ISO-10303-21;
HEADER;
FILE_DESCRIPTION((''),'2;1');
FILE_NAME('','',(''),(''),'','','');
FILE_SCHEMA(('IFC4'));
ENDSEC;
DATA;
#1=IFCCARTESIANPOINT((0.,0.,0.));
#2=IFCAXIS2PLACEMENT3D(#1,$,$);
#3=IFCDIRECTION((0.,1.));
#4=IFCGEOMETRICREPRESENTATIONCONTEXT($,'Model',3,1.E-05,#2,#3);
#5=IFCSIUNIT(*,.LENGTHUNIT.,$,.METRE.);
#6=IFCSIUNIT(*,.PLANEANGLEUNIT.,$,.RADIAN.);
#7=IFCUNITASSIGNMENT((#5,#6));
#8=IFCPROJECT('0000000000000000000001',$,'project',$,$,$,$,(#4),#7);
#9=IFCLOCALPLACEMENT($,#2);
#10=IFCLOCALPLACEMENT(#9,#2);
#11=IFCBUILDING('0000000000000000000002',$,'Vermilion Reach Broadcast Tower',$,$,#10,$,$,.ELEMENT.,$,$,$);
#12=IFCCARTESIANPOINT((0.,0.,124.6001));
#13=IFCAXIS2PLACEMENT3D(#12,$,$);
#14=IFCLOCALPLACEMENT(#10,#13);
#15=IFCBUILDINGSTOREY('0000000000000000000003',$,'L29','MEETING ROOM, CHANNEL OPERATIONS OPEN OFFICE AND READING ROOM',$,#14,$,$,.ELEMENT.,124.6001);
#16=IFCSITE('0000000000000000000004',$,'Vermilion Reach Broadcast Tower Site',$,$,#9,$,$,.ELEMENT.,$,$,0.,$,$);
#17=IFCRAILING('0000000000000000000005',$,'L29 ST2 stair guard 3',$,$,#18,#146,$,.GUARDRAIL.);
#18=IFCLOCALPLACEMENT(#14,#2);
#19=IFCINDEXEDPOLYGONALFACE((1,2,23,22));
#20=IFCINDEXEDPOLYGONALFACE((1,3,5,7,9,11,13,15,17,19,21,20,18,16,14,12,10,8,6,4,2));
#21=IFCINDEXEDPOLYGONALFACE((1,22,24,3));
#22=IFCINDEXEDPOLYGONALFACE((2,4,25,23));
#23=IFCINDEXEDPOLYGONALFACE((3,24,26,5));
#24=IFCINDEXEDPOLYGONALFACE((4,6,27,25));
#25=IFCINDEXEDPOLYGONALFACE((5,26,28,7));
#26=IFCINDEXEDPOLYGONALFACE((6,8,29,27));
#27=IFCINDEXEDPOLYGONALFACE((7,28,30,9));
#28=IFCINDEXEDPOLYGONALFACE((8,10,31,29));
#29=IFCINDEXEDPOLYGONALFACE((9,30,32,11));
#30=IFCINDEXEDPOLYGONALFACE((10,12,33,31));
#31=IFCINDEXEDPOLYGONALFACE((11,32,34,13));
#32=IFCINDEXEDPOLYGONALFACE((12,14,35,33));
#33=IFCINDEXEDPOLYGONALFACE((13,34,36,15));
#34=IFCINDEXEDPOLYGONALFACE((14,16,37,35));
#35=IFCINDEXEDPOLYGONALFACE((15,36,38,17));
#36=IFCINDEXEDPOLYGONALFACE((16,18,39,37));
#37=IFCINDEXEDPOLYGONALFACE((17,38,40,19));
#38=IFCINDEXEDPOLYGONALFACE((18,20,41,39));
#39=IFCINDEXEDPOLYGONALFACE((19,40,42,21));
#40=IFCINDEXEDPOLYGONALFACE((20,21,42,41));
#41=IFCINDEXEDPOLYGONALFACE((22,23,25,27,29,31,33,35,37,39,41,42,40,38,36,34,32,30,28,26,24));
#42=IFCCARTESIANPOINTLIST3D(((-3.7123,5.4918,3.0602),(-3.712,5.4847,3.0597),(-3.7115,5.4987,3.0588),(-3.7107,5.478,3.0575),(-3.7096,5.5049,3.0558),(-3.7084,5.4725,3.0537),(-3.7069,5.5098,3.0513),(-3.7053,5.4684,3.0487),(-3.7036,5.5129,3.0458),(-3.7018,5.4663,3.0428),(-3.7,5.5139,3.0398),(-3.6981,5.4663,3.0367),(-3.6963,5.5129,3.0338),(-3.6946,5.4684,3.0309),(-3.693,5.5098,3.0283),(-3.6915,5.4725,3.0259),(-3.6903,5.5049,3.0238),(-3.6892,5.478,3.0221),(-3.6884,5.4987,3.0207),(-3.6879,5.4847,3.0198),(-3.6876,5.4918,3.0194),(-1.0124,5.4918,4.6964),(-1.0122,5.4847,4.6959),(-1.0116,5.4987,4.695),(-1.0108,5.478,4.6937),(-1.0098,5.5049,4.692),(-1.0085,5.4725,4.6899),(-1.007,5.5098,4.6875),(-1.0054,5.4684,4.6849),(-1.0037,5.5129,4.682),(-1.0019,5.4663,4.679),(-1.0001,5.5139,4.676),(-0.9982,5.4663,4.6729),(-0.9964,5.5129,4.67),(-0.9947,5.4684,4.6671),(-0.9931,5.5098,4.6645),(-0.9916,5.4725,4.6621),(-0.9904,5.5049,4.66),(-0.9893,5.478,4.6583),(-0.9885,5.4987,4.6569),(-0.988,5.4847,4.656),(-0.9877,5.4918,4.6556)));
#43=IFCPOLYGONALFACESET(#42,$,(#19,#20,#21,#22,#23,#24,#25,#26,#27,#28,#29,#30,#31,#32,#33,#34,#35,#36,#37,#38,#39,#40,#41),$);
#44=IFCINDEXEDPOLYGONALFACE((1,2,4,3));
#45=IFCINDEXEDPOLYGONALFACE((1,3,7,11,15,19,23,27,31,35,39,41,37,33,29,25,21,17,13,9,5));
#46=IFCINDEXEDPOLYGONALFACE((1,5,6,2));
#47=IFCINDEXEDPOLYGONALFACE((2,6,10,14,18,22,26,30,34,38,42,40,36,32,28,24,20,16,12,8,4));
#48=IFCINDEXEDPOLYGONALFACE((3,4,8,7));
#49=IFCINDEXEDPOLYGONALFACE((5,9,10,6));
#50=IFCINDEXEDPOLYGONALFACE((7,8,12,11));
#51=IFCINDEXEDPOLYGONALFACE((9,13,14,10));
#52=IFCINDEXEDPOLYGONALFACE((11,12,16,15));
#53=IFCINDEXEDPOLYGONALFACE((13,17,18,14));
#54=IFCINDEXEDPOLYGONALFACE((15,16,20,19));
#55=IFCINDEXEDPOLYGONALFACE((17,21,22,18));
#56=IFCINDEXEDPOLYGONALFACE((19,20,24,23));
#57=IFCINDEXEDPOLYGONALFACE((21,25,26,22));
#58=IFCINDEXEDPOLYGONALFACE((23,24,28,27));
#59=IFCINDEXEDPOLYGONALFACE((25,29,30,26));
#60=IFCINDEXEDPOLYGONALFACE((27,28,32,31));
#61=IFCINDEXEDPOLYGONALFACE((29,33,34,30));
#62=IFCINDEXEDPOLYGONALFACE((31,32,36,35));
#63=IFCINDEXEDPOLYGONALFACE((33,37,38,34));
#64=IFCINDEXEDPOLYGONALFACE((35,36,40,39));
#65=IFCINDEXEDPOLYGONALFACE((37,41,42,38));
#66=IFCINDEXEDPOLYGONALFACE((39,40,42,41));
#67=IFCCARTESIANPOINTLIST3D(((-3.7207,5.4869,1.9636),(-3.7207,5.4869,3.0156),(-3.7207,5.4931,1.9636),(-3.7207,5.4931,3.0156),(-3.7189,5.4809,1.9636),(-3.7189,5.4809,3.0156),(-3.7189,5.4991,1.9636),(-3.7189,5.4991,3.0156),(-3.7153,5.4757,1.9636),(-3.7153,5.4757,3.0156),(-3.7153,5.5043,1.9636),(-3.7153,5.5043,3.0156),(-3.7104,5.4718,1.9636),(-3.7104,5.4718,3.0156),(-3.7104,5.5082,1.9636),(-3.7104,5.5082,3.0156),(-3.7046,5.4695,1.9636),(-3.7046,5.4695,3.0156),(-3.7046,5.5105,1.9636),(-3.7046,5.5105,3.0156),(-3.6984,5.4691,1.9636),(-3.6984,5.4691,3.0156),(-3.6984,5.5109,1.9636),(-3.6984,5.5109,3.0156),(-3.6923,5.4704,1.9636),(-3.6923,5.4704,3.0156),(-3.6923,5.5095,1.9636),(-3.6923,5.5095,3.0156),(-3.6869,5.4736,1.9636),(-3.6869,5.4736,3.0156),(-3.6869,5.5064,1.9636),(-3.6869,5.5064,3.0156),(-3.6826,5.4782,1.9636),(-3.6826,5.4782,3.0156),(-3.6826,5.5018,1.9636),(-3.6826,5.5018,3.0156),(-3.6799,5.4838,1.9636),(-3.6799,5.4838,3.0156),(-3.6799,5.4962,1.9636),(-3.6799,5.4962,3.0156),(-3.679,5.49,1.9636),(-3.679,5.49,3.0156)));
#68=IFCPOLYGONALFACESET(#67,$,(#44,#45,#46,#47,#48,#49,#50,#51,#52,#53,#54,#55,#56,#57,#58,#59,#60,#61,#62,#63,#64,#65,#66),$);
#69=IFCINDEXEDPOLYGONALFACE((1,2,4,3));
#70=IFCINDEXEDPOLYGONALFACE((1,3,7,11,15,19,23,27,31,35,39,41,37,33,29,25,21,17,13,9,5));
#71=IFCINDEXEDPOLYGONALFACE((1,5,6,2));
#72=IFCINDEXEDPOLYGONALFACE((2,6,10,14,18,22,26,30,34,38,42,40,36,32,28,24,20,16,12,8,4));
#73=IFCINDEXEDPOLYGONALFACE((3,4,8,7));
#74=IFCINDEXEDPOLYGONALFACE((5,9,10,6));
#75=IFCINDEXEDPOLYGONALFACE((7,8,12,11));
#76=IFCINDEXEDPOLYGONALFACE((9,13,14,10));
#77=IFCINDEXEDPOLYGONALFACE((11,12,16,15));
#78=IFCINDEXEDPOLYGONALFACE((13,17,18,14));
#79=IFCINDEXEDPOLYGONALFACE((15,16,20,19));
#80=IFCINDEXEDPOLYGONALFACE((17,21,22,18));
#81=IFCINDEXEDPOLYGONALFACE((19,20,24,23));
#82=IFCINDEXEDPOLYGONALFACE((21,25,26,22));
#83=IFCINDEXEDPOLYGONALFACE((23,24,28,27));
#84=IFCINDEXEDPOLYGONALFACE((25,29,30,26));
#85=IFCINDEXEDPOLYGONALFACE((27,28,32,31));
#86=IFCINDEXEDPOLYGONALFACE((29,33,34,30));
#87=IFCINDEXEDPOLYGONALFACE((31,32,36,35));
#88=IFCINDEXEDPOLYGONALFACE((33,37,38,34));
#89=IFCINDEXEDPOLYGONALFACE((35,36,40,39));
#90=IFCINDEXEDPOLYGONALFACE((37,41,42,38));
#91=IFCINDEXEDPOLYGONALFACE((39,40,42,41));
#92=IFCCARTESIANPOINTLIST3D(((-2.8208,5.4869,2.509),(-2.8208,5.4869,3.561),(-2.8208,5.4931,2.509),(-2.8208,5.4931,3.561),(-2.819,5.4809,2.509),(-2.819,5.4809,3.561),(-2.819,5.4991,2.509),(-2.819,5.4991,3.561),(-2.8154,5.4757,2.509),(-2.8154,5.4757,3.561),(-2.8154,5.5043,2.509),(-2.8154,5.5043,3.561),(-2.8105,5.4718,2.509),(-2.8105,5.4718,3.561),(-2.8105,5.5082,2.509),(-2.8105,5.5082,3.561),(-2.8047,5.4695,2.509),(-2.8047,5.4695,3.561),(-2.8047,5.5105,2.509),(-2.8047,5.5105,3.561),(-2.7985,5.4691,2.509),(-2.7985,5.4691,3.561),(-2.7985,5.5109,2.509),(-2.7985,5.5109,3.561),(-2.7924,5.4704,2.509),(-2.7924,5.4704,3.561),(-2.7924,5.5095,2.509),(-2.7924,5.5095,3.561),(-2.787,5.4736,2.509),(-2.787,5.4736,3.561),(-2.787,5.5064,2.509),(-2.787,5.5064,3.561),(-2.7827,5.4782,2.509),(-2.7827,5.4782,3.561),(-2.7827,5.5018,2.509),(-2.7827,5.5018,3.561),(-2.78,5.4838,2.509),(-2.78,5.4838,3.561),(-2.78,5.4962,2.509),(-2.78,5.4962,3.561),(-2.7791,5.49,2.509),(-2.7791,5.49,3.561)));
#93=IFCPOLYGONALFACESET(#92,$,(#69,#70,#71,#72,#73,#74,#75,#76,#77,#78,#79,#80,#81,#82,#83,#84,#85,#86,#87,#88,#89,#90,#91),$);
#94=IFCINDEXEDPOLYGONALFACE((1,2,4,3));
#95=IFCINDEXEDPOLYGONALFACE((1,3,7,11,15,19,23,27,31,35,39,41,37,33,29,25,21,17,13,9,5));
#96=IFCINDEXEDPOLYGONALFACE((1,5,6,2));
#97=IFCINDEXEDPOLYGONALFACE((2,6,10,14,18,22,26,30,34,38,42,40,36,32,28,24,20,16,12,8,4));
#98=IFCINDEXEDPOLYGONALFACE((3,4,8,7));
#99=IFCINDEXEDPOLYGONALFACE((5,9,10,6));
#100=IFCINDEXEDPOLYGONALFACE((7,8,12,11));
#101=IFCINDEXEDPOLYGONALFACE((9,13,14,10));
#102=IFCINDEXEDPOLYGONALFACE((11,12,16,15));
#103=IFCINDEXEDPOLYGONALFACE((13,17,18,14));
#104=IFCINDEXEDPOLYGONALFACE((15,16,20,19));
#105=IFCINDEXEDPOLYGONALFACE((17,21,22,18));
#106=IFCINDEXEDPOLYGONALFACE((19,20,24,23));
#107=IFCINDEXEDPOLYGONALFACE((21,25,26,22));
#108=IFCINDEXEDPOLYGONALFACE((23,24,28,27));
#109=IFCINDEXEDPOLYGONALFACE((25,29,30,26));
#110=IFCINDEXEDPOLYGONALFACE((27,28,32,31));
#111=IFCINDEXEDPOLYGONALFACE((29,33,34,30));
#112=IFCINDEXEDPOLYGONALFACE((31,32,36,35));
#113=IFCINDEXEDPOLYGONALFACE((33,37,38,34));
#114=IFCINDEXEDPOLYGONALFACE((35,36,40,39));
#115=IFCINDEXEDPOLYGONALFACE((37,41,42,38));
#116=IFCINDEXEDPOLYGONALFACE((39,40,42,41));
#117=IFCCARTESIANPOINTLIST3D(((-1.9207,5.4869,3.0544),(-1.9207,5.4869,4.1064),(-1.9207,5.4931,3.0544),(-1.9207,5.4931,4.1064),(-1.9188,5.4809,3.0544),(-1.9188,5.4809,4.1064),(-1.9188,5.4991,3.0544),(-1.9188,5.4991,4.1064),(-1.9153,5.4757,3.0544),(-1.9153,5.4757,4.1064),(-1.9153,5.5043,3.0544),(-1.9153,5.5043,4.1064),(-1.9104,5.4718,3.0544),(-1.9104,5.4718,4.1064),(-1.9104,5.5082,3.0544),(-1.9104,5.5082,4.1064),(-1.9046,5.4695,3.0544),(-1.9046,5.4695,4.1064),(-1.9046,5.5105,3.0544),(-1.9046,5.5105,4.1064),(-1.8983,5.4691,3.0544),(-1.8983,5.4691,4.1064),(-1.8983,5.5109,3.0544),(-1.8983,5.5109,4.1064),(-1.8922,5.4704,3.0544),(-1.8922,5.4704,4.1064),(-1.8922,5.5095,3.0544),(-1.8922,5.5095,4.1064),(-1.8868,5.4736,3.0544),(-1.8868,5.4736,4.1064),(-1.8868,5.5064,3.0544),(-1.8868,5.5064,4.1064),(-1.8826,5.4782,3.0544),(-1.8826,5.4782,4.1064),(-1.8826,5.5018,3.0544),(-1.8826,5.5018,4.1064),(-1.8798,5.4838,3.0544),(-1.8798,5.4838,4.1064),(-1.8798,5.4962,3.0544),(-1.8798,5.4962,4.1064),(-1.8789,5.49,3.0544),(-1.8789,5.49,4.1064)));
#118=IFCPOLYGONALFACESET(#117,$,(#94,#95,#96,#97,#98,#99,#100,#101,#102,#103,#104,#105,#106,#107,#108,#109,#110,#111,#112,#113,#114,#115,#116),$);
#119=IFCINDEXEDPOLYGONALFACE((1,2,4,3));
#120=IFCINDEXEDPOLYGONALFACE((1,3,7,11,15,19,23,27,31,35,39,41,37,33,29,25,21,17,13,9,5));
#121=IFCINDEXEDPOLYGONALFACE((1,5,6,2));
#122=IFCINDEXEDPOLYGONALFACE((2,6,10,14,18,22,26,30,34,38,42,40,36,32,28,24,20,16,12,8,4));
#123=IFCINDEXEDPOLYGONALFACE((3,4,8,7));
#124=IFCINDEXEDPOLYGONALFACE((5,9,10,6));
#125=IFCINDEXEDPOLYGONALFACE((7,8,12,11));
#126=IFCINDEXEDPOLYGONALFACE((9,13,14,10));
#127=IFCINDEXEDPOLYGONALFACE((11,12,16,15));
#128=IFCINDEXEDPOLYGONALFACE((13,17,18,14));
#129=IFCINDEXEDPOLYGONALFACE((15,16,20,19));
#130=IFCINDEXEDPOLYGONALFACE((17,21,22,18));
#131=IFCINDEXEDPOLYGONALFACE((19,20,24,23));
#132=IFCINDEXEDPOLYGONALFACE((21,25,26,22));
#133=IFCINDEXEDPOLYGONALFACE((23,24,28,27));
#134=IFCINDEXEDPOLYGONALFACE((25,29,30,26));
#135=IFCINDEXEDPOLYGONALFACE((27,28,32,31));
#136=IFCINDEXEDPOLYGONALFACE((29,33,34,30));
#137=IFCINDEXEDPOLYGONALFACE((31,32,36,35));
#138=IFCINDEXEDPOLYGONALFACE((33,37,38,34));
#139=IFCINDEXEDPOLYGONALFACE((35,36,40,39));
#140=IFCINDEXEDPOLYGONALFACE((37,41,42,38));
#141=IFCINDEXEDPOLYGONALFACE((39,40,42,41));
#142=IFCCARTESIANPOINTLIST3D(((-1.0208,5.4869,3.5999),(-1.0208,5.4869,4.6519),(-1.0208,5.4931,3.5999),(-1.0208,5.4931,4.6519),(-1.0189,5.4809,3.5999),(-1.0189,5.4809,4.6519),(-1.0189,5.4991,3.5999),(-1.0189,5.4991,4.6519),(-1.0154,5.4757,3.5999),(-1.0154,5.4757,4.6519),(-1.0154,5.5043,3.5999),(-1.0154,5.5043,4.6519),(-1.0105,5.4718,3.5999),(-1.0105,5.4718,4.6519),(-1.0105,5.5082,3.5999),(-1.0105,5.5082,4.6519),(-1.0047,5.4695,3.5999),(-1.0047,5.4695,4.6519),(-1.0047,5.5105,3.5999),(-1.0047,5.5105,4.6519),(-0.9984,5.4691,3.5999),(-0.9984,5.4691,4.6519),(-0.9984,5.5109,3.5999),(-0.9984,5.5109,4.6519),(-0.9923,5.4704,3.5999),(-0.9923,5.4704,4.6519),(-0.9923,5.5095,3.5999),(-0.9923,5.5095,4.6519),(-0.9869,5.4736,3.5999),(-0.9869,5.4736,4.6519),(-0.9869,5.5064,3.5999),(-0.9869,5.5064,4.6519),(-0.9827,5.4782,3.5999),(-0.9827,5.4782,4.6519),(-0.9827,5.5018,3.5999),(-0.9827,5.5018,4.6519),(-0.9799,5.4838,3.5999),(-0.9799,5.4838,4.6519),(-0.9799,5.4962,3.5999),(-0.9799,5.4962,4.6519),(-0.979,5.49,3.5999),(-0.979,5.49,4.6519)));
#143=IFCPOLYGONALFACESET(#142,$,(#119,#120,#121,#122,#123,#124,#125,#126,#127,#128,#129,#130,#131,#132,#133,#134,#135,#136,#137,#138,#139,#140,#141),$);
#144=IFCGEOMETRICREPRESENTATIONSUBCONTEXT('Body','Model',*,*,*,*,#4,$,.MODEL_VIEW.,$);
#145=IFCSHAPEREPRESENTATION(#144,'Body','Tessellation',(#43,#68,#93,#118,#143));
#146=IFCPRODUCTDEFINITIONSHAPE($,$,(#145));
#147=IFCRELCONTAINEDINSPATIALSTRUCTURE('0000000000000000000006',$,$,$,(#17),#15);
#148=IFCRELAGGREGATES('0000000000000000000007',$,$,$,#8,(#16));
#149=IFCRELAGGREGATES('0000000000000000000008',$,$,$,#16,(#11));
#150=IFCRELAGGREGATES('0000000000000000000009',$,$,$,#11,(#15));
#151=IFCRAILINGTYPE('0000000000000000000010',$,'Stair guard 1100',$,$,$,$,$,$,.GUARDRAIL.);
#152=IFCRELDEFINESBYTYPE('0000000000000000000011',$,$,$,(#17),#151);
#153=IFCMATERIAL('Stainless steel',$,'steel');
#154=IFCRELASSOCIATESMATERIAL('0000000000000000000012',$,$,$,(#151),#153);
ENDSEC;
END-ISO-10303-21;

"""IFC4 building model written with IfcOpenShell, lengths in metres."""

from ifc_helpers import new_model, si_unit, direction, frame, origin, origin_2d, place, context, subcontext, project, spatial, circle, extrude, material, type_object, element, save


model = new_model("IFC4")

# Units and contexts
model_context = context("Model", 3, precision=1e-05, world=origin(), true_north=direction((0.0, 1.0)))
body_context = subcontext(model_context, "Body", "Model", "MODEL_VIEW")
ifc_project = project(units=[si_unit("LENGTHUNIT", "METRE"), si_unit("PLANEANGLEUNIT", "RADIAN")], contexts=[model_context])

# Site, building, storey
site_placement = place(None, origin())
site = spatial("IfcSite", under=ifc_project, at=site_placement, Name="Vermilion Reach Broadcast Tower Site", CompositionType="ELEMENT", RefElevation=0.0)
building_placement = place(site_placement, origin())
building = spatial("IfcBuilding", under=site, at=building_placement, Name="Vermilion Reach Broadcast Tower", CompositionType="ELEMENT")
storey_placement = place(building_placement, frame((0.0, 0.0, 124.6001)))
storey = spatial("IfcBuildingStorey", under=building, at=storey_placement, Name="L29", Description="MEETING ROOM, CHANNEL OPERATIONS OPEN OFFICE AND READING ROOM", CompositionType="ELEMENT", Elevation=124.6001)

# Railing
ifc_material_1 = material(Name="Stainless steel", Category="steel")
railing_type_1 = type_object("IfcRailingType", Name="Stair guard 1100", PredefinedType="GUARDRAIL", material=ifc_material_1)
railing_1_placement = place(storey_placement, frame((-3.7, 5.49, 1.9636)))
element("IfcRailing", 1, at=railing_1_placement, inside=storey, type_object=railing_type_1, Name="L29 ST2 stair guard 3", PredefinedType="GUARDRAIL", context=body_context, shape_type="SweptSolid", body=[
    extrude(circle(Radius=0.0239, at=origin_2d()), frame((0.0, 0.0, 1.0762), z_axis=(0.855212, 0.0, 0.518278), x_axis=(0.0, 1.0, 0.0)), (0.0, 0.0, 1.0), 3.157),
    extrude(circle(Radius=0.021, at=origin_2d()), origin(), (0.0, 0.0, 1.0), 1.052),
    extrude(circle(Radius=0.021, at=origin_2d()), frame((0.8999, 0.0, 0.5454)), (0.0, 0.0, 1.0), 1.052),
    extrude(circle(Radius=0.021, at=origin_2d()), frame((1.8, 0.0, 1.0908)), (0.0, 0.0, 1.0), 1.052),
    extrude(circle(Radius=0.021, at=origin_2d()), frame((2.7, 0.0, 1.6362)), (0.0, 0.0, 1.0), 1.052),
])

save(model, "model.ifc")
